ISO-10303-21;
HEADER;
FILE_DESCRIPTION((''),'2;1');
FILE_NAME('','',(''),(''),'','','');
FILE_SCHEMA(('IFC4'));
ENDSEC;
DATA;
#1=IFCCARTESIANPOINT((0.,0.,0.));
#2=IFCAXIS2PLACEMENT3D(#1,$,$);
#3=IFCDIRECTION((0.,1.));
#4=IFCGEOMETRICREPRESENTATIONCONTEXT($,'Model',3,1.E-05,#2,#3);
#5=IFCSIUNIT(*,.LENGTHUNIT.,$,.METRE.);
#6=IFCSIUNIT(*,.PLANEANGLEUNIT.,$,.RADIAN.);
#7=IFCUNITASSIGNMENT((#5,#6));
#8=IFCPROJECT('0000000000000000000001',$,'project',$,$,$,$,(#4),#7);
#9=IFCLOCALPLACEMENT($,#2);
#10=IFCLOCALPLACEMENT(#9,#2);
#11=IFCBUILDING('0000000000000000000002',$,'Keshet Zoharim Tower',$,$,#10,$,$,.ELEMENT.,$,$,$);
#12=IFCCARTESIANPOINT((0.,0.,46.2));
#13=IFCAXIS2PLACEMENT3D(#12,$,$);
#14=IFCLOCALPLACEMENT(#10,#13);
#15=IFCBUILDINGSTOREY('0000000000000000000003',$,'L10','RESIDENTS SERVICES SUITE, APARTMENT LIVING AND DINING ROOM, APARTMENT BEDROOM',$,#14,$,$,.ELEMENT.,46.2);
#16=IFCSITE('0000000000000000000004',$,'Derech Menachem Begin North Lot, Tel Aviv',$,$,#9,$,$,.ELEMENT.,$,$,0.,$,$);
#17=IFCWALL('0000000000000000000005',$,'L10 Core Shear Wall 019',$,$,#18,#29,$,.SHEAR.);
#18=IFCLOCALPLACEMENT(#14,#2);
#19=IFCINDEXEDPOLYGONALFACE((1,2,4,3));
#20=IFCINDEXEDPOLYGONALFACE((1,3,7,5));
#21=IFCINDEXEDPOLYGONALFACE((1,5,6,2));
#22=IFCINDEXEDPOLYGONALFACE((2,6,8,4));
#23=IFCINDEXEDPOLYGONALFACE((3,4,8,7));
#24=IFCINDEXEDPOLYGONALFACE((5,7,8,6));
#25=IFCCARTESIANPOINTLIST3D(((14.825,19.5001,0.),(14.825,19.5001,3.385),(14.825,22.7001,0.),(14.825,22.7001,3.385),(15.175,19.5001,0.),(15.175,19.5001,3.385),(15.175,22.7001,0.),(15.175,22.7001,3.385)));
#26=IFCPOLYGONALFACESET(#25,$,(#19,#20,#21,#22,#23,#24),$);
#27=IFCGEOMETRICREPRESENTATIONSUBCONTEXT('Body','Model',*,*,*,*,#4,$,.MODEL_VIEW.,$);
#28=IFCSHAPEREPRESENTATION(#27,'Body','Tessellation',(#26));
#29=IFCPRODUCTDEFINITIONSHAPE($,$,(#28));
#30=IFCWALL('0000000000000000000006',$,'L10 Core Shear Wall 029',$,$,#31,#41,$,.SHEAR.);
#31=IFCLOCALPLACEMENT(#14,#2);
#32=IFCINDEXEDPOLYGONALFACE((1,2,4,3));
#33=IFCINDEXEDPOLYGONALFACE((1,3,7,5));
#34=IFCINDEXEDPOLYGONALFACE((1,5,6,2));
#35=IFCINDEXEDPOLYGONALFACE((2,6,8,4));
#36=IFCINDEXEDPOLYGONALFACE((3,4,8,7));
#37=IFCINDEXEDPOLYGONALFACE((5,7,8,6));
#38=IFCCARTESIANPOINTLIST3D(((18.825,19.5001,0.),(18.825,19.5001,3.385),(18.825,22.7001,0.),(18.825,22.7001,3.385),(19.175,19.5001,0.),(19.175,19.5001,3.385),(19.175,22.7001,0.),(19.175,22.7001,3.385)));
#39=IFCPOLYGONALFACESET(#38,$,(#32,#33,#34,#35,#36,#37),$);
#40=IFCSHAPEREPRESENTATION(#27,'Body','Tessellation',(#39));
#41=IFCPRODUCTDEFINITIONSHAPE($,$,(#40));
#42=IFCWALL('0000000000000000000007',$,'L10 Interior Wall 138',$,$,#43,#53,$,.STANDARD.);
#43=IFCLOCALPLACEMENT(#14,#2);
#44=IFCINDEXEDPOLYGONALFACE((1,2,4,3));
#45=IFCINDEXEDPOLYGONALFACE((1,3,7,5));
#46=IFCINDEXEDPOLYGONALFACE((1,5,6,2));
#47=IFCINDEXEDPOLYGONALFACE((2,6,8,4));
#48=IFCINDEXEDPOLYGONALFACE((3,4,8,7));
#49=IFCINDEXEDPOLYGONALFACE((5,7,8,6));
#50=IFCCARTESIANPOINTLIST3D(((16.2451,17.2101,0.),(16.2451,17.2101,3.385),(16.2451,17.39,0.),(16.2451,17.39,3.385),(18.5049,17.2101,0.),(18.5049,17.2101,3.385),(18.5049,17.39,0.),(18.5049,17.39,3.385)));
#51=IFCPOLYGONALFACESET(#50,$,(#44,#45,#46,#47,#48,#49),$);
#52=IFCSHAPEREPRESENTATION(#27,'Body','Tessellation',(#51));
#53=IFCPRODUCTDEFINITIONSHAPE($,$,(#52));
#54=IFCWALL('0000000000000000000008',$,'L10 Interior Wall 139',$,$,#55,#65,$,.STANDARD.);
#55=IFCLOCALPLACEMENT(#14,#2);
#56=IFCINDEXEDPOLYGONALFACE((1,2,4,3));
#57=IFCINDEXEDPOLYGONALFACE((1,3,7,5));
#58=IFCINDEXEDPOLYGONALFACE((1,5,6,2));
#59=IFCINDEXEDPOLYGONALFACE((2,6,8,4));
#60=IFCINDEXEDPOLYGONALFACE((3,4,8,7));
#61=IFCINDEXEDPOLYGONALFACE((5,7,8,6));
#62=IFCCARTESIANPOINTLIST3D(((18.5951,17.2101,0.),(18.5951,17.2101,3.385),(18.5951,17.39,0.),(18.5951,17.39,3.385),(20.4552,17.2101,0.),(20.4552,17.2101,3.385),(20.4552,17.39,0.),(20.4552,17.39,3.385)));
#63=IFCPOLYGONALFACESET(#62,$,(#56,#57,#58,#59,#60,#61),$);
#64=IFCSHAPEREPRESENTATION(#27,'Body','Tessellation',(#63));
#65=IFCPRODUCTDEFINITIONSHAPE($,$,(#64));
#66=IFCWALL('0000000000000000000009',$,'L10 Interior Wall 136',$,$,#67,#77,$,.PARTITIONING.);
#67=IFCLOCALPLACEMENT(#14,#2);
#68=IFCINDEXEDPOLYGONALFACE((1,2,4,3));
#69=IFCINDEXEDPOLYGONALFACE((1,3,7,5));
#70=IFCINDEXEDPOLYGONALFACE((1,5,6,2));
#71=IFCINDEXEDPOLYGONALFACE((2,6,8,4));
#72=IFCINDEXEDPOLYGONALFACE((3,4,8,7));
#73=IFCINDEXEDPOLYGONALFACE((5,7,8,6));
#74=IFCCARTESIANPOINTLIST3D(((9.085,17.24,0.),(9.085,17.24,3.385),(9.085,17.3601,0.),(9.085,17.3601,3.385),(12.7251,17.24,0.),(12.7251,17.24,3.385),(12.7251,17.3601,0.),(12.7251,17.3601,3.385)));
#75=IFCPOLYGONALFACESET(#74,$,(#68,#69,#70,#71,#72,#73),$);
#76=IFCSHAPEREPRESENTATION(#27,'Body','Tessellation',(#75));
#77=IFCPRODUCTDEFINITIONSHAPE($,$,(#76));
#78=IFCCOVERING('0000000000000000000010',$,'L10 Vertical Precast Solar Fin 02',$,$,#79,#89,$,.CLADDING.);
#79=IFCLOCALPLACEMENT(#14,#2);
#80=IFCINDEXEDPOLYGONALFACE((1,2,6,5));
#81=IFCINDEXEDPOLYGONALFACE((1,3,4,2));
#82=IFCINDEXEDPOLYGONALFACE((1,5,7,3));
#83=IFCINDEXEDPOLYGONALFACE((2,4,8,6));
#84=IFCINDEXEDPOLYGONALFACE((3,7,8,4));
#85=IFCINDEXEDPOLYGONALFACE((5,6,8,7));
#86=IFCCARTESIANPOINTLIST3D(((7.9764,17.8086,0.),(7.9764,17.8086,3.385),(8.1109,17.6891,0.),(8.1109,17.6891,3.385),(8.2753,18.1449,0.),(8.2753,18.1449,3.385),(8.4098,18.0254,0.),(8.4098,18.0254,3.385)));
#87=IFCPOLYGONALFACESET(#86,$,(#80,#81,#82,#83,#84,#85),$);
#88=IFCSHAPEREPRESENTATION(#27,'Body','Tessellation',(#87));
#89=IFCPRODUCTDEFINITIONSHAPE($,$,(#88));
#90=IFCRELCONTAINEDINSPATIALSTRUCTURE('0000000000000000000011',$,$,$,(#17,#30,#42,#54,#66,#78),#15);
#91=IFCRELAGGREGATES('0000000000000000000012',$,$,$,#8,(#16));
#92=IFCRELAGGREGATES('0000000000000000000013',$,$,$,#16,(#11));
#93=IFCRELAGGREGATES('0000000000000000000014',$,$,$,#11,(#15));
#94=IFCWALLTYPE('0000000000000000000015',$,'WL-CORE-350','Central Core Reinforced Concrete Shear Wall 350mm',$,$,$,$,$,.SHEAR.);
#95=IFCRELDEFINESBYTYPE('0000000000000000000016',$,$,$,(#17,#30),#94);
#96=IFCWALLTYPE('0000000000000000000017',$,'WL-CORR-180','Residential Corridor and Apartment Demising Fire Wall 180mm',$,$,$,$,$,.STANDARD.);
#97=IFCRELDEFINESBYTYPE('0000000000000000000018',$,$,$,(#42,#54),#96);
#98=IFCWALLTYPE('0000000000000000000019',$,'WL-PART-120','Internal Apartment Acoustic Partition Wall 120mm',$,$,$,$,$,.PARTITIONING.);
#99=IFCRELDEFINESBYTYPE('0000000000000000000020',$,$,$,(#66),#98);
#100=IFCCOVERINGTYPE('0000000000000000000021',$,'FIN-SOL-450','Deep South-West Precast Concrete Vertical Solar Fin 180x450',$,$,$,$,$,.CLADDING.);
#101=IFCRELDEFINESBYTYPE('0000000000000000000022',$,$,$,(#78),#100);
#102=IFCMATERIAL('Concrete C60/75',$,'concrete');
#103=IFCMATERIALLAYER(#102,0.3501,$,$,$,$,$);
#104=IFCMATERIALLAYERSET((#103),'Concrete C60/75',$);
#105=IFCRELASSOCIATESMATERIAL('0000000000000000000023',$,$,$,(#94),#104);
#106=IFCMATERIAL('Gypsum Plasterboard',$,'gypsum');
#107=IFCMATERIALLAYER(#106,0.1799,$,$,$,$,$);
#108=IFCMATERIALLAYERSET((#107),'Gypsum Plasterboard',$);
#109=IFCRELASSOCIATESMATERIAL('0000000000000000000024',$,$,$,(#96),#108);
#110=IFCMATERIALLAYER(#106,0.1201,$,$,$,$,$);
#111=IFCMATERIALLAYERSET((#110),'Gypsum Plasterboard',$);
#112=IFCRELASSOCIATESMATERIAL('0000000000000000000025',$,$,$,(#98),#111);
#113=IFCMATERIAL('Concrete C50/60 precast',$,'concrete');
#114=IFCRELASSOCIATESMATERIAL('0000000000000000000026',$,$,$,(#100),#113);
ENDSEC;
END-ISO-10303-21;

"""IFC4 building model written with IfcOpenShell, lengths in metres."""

from ifc_helpers import new_model, si_unit, direction, frame, frame_2d, origin, origin_2d, place, context, subcontext, project, spatial, rectangle, extrude, material, layer, layer_set, type_object, element, save


model = new_model("IFC4")

# Units and contexts
model_context = context("Model", 3, precision=1e-05, world=origin(), true_north=direction((0.0, 1.0)))
body_context = subcontext(model_context, "Body", "Model", "MODEL_VIEW")
ifc_project = project(units=[si_unit("LENGTHUNIT", "METRE"), si_unit("PLANEANGLEUNIT", "RADIAN")], contexts=[model_context])

# Site, building, storey
site_placement = place(None, origin())
site = spatial("IfcSite", under=ifc_project, at=site_placement, Name="Derech Menachem Begin North Lot, Tel Aviv", CompositionType="ELEMENT", RefElevation=0.0)
building_placement = place(site_placement, origin())
building = spatial("IfcBuilding", under=site, at=building_placement, Name="Keshet Zoharim Tower", CompositionType="ELEMENT")
storey_placement = place(building_placement, frame((0.0, 0.0, 46.2)))
storey = spatial("IfcBuildingStorey", under=building, at=storey_placement, Name="L10", Description="RESIDENTS SERVICES SUITE, APARTMENT LIVING AND DINING ROOM, APARTMENT BEDROOM", CompositionType="ELEMENT", Elevation=46.2)

# Shared definitions
ifc_material_1 = material(Name="Concrete C60/75", Category="concrete")

# Walls
ifc_layer_1 = layer(ifc_material_1, 0.3501)
ifc_layer_set_1 = layer_set([ifc_layer_1], Name="Concrete C60/75")
wall_type_1 = type_object("IfcWallType", Name="WL-CORE-350", Description="Central Core Reinforced Concrete Shear Wall 350mm", PredefinedType="SHEAR", material=ifc_layer_set_1)
for number, where, z_axis, x_axis, name in (
    (1, (15.0, 19.5, 0.0), (0.0, 0.0, 1.0), (0.0, 1.0, 0.0), "L10 Core Shear Wall 019"),
    (2, (19.0, 19.5, 0.0), (0.0, 0.0, 1.0), (0.0, 1.0, 0.0), "L10 Core Shear Wall 029"),
):
    element("IfcWall", number, at=place(storey_placement, frame(where, z_axis=z_axis, x_axis=x_axis)), inside=storey, type_object=wall_type_1, Name=name, PredefinedType="SHEAR", context=body_context, shape_type="SweptSolid", body=[
        extrude(rectangle(XDim=3.2, YDim=0.3501, at=frame_2d((1.6001, 0.0))), origin(), (0.0, 0.0, 1.0), 3.385),
    ])

# Shared definitions
ifc_material_2 = material(Name="Gypsum Plasterboard", Category="gypsum")
ifc_layer_2 = layer(ifc_material_2, 0.1799)
ifc_layer_set_2 = layer_set([ifc_layer_2], Name="Gypsum Plasterboard")
wall_type_2 = type_object("IfcWallType", Name="WL-CORR-180", Description="Residential Corridor and Apartment Demising Fire Wall 180mm", PredefinedType="STANDARD", material=ifc_layer_set_2)

# Walls
wall_1_placement = place(storey_placement, frame((16.2451, 17.3, 0.0), z_axis=(0.0, 0.0, 1.0), x_axis=(1.0, 0.0, 0.0)))
element("IfcWall", 3, at=wall_1_placement, inside=storey, type_object=wall_type_2, Name="L10 Interior Wall 138", PredefinedType="STANDARD", context=body_context, shape_type="SweptSolid", body=[
    extrude(rectangle(XDim=2.2598, YDim=0.1799, at=frame_2d((1.1299, 0.0))), origin(), (0.0, 0.0, 1.0), 3.385),
])
wall_2_placement = place(storey_placement, frame((18.595, 17.3, 0.0), z_axis=(0.0, 0.0, 1.0), x_axis=(1.0, 0.0, 0.0)))
element("IfcWall", 4, at=wall_2_placement, inside=storey, type_object=wall_type_2, Name="L10 Interior Wall 139", PredefinedType="STANDARD", context=body_context, shape_type="SweptSolid", body=[
    extrude(rectangle(XDim=1.8601, YDim=0.1799, at=frame_2d((0.9302, 0.0))), origin(), (0.0, 0.0, 1.0), 3.385),
])

# Wall
ifc_layer_3 = layer(ifc_material_2, 0.1201)
ifc_layer_set_3 = layer_set([ifc_layer_3], Name="Gypsum Plasterboard")
wall_type_3 = type_object("IfcWallType", Name="WL-PART-120", Description="Internal Apartment Acoustic Partition Wall 120mm", PredefinedType="PARTITIONING", material=ifc_layer_set_3)
wall_3_placement = place(storey_placement, frame((9.085, 17.3, 0.0), z_axis=(0.0, 0.0, 1.0), x_axis=(1.0, 0.0, 0.0)))
element("IfcWall", 5, at=wall_3_placement, inside=storey, type_object=wall_type_3, Name="L10 Interior Wall 136", PredefinedType="PARTITIONING", context=body_context, shape_type="SweptSolid", body=[
    extrude(rectangle(XDim=3.6401, YDim=0.1201, at=frame_2d((1.8201, 0.0))), origin(), (0.0, 0.0, 1.0), 3.385),
])

# Covering
ifc_material_3 = material(Name="Concrete C50/60 precast", Category="concrete")
covering_type = type_object("IfcCoveringType", Name="FIN-SOL-450", Description="Deep South-West Precast Concrete Vertical Solar Fin 180x450", PredefinedType="CLADDING", material=ifc_material_3)
covering_placement = place(storey_placement, frame((8.1931, 17.917, 0.0), z_axis=(0.0, 0.0, 1.0), x_axis=(-0.747409, 0.664364, 0.0)))
element("IfcCovering", 6, at=covering_placement, inside=storey, type_object=covering_type, Name="L10 Vertical Precast Solar Fin 02", PredefinedType="CLADDING", context=body_context, shape_type="SweptSolid", body=[
    extrude(rectangle(XDim=0.1799, YDim=0.45, at=origin_2d()), origin(), (0.0, 0.0, 1.0), 3.385),
])

save(model, "model.ifc")
